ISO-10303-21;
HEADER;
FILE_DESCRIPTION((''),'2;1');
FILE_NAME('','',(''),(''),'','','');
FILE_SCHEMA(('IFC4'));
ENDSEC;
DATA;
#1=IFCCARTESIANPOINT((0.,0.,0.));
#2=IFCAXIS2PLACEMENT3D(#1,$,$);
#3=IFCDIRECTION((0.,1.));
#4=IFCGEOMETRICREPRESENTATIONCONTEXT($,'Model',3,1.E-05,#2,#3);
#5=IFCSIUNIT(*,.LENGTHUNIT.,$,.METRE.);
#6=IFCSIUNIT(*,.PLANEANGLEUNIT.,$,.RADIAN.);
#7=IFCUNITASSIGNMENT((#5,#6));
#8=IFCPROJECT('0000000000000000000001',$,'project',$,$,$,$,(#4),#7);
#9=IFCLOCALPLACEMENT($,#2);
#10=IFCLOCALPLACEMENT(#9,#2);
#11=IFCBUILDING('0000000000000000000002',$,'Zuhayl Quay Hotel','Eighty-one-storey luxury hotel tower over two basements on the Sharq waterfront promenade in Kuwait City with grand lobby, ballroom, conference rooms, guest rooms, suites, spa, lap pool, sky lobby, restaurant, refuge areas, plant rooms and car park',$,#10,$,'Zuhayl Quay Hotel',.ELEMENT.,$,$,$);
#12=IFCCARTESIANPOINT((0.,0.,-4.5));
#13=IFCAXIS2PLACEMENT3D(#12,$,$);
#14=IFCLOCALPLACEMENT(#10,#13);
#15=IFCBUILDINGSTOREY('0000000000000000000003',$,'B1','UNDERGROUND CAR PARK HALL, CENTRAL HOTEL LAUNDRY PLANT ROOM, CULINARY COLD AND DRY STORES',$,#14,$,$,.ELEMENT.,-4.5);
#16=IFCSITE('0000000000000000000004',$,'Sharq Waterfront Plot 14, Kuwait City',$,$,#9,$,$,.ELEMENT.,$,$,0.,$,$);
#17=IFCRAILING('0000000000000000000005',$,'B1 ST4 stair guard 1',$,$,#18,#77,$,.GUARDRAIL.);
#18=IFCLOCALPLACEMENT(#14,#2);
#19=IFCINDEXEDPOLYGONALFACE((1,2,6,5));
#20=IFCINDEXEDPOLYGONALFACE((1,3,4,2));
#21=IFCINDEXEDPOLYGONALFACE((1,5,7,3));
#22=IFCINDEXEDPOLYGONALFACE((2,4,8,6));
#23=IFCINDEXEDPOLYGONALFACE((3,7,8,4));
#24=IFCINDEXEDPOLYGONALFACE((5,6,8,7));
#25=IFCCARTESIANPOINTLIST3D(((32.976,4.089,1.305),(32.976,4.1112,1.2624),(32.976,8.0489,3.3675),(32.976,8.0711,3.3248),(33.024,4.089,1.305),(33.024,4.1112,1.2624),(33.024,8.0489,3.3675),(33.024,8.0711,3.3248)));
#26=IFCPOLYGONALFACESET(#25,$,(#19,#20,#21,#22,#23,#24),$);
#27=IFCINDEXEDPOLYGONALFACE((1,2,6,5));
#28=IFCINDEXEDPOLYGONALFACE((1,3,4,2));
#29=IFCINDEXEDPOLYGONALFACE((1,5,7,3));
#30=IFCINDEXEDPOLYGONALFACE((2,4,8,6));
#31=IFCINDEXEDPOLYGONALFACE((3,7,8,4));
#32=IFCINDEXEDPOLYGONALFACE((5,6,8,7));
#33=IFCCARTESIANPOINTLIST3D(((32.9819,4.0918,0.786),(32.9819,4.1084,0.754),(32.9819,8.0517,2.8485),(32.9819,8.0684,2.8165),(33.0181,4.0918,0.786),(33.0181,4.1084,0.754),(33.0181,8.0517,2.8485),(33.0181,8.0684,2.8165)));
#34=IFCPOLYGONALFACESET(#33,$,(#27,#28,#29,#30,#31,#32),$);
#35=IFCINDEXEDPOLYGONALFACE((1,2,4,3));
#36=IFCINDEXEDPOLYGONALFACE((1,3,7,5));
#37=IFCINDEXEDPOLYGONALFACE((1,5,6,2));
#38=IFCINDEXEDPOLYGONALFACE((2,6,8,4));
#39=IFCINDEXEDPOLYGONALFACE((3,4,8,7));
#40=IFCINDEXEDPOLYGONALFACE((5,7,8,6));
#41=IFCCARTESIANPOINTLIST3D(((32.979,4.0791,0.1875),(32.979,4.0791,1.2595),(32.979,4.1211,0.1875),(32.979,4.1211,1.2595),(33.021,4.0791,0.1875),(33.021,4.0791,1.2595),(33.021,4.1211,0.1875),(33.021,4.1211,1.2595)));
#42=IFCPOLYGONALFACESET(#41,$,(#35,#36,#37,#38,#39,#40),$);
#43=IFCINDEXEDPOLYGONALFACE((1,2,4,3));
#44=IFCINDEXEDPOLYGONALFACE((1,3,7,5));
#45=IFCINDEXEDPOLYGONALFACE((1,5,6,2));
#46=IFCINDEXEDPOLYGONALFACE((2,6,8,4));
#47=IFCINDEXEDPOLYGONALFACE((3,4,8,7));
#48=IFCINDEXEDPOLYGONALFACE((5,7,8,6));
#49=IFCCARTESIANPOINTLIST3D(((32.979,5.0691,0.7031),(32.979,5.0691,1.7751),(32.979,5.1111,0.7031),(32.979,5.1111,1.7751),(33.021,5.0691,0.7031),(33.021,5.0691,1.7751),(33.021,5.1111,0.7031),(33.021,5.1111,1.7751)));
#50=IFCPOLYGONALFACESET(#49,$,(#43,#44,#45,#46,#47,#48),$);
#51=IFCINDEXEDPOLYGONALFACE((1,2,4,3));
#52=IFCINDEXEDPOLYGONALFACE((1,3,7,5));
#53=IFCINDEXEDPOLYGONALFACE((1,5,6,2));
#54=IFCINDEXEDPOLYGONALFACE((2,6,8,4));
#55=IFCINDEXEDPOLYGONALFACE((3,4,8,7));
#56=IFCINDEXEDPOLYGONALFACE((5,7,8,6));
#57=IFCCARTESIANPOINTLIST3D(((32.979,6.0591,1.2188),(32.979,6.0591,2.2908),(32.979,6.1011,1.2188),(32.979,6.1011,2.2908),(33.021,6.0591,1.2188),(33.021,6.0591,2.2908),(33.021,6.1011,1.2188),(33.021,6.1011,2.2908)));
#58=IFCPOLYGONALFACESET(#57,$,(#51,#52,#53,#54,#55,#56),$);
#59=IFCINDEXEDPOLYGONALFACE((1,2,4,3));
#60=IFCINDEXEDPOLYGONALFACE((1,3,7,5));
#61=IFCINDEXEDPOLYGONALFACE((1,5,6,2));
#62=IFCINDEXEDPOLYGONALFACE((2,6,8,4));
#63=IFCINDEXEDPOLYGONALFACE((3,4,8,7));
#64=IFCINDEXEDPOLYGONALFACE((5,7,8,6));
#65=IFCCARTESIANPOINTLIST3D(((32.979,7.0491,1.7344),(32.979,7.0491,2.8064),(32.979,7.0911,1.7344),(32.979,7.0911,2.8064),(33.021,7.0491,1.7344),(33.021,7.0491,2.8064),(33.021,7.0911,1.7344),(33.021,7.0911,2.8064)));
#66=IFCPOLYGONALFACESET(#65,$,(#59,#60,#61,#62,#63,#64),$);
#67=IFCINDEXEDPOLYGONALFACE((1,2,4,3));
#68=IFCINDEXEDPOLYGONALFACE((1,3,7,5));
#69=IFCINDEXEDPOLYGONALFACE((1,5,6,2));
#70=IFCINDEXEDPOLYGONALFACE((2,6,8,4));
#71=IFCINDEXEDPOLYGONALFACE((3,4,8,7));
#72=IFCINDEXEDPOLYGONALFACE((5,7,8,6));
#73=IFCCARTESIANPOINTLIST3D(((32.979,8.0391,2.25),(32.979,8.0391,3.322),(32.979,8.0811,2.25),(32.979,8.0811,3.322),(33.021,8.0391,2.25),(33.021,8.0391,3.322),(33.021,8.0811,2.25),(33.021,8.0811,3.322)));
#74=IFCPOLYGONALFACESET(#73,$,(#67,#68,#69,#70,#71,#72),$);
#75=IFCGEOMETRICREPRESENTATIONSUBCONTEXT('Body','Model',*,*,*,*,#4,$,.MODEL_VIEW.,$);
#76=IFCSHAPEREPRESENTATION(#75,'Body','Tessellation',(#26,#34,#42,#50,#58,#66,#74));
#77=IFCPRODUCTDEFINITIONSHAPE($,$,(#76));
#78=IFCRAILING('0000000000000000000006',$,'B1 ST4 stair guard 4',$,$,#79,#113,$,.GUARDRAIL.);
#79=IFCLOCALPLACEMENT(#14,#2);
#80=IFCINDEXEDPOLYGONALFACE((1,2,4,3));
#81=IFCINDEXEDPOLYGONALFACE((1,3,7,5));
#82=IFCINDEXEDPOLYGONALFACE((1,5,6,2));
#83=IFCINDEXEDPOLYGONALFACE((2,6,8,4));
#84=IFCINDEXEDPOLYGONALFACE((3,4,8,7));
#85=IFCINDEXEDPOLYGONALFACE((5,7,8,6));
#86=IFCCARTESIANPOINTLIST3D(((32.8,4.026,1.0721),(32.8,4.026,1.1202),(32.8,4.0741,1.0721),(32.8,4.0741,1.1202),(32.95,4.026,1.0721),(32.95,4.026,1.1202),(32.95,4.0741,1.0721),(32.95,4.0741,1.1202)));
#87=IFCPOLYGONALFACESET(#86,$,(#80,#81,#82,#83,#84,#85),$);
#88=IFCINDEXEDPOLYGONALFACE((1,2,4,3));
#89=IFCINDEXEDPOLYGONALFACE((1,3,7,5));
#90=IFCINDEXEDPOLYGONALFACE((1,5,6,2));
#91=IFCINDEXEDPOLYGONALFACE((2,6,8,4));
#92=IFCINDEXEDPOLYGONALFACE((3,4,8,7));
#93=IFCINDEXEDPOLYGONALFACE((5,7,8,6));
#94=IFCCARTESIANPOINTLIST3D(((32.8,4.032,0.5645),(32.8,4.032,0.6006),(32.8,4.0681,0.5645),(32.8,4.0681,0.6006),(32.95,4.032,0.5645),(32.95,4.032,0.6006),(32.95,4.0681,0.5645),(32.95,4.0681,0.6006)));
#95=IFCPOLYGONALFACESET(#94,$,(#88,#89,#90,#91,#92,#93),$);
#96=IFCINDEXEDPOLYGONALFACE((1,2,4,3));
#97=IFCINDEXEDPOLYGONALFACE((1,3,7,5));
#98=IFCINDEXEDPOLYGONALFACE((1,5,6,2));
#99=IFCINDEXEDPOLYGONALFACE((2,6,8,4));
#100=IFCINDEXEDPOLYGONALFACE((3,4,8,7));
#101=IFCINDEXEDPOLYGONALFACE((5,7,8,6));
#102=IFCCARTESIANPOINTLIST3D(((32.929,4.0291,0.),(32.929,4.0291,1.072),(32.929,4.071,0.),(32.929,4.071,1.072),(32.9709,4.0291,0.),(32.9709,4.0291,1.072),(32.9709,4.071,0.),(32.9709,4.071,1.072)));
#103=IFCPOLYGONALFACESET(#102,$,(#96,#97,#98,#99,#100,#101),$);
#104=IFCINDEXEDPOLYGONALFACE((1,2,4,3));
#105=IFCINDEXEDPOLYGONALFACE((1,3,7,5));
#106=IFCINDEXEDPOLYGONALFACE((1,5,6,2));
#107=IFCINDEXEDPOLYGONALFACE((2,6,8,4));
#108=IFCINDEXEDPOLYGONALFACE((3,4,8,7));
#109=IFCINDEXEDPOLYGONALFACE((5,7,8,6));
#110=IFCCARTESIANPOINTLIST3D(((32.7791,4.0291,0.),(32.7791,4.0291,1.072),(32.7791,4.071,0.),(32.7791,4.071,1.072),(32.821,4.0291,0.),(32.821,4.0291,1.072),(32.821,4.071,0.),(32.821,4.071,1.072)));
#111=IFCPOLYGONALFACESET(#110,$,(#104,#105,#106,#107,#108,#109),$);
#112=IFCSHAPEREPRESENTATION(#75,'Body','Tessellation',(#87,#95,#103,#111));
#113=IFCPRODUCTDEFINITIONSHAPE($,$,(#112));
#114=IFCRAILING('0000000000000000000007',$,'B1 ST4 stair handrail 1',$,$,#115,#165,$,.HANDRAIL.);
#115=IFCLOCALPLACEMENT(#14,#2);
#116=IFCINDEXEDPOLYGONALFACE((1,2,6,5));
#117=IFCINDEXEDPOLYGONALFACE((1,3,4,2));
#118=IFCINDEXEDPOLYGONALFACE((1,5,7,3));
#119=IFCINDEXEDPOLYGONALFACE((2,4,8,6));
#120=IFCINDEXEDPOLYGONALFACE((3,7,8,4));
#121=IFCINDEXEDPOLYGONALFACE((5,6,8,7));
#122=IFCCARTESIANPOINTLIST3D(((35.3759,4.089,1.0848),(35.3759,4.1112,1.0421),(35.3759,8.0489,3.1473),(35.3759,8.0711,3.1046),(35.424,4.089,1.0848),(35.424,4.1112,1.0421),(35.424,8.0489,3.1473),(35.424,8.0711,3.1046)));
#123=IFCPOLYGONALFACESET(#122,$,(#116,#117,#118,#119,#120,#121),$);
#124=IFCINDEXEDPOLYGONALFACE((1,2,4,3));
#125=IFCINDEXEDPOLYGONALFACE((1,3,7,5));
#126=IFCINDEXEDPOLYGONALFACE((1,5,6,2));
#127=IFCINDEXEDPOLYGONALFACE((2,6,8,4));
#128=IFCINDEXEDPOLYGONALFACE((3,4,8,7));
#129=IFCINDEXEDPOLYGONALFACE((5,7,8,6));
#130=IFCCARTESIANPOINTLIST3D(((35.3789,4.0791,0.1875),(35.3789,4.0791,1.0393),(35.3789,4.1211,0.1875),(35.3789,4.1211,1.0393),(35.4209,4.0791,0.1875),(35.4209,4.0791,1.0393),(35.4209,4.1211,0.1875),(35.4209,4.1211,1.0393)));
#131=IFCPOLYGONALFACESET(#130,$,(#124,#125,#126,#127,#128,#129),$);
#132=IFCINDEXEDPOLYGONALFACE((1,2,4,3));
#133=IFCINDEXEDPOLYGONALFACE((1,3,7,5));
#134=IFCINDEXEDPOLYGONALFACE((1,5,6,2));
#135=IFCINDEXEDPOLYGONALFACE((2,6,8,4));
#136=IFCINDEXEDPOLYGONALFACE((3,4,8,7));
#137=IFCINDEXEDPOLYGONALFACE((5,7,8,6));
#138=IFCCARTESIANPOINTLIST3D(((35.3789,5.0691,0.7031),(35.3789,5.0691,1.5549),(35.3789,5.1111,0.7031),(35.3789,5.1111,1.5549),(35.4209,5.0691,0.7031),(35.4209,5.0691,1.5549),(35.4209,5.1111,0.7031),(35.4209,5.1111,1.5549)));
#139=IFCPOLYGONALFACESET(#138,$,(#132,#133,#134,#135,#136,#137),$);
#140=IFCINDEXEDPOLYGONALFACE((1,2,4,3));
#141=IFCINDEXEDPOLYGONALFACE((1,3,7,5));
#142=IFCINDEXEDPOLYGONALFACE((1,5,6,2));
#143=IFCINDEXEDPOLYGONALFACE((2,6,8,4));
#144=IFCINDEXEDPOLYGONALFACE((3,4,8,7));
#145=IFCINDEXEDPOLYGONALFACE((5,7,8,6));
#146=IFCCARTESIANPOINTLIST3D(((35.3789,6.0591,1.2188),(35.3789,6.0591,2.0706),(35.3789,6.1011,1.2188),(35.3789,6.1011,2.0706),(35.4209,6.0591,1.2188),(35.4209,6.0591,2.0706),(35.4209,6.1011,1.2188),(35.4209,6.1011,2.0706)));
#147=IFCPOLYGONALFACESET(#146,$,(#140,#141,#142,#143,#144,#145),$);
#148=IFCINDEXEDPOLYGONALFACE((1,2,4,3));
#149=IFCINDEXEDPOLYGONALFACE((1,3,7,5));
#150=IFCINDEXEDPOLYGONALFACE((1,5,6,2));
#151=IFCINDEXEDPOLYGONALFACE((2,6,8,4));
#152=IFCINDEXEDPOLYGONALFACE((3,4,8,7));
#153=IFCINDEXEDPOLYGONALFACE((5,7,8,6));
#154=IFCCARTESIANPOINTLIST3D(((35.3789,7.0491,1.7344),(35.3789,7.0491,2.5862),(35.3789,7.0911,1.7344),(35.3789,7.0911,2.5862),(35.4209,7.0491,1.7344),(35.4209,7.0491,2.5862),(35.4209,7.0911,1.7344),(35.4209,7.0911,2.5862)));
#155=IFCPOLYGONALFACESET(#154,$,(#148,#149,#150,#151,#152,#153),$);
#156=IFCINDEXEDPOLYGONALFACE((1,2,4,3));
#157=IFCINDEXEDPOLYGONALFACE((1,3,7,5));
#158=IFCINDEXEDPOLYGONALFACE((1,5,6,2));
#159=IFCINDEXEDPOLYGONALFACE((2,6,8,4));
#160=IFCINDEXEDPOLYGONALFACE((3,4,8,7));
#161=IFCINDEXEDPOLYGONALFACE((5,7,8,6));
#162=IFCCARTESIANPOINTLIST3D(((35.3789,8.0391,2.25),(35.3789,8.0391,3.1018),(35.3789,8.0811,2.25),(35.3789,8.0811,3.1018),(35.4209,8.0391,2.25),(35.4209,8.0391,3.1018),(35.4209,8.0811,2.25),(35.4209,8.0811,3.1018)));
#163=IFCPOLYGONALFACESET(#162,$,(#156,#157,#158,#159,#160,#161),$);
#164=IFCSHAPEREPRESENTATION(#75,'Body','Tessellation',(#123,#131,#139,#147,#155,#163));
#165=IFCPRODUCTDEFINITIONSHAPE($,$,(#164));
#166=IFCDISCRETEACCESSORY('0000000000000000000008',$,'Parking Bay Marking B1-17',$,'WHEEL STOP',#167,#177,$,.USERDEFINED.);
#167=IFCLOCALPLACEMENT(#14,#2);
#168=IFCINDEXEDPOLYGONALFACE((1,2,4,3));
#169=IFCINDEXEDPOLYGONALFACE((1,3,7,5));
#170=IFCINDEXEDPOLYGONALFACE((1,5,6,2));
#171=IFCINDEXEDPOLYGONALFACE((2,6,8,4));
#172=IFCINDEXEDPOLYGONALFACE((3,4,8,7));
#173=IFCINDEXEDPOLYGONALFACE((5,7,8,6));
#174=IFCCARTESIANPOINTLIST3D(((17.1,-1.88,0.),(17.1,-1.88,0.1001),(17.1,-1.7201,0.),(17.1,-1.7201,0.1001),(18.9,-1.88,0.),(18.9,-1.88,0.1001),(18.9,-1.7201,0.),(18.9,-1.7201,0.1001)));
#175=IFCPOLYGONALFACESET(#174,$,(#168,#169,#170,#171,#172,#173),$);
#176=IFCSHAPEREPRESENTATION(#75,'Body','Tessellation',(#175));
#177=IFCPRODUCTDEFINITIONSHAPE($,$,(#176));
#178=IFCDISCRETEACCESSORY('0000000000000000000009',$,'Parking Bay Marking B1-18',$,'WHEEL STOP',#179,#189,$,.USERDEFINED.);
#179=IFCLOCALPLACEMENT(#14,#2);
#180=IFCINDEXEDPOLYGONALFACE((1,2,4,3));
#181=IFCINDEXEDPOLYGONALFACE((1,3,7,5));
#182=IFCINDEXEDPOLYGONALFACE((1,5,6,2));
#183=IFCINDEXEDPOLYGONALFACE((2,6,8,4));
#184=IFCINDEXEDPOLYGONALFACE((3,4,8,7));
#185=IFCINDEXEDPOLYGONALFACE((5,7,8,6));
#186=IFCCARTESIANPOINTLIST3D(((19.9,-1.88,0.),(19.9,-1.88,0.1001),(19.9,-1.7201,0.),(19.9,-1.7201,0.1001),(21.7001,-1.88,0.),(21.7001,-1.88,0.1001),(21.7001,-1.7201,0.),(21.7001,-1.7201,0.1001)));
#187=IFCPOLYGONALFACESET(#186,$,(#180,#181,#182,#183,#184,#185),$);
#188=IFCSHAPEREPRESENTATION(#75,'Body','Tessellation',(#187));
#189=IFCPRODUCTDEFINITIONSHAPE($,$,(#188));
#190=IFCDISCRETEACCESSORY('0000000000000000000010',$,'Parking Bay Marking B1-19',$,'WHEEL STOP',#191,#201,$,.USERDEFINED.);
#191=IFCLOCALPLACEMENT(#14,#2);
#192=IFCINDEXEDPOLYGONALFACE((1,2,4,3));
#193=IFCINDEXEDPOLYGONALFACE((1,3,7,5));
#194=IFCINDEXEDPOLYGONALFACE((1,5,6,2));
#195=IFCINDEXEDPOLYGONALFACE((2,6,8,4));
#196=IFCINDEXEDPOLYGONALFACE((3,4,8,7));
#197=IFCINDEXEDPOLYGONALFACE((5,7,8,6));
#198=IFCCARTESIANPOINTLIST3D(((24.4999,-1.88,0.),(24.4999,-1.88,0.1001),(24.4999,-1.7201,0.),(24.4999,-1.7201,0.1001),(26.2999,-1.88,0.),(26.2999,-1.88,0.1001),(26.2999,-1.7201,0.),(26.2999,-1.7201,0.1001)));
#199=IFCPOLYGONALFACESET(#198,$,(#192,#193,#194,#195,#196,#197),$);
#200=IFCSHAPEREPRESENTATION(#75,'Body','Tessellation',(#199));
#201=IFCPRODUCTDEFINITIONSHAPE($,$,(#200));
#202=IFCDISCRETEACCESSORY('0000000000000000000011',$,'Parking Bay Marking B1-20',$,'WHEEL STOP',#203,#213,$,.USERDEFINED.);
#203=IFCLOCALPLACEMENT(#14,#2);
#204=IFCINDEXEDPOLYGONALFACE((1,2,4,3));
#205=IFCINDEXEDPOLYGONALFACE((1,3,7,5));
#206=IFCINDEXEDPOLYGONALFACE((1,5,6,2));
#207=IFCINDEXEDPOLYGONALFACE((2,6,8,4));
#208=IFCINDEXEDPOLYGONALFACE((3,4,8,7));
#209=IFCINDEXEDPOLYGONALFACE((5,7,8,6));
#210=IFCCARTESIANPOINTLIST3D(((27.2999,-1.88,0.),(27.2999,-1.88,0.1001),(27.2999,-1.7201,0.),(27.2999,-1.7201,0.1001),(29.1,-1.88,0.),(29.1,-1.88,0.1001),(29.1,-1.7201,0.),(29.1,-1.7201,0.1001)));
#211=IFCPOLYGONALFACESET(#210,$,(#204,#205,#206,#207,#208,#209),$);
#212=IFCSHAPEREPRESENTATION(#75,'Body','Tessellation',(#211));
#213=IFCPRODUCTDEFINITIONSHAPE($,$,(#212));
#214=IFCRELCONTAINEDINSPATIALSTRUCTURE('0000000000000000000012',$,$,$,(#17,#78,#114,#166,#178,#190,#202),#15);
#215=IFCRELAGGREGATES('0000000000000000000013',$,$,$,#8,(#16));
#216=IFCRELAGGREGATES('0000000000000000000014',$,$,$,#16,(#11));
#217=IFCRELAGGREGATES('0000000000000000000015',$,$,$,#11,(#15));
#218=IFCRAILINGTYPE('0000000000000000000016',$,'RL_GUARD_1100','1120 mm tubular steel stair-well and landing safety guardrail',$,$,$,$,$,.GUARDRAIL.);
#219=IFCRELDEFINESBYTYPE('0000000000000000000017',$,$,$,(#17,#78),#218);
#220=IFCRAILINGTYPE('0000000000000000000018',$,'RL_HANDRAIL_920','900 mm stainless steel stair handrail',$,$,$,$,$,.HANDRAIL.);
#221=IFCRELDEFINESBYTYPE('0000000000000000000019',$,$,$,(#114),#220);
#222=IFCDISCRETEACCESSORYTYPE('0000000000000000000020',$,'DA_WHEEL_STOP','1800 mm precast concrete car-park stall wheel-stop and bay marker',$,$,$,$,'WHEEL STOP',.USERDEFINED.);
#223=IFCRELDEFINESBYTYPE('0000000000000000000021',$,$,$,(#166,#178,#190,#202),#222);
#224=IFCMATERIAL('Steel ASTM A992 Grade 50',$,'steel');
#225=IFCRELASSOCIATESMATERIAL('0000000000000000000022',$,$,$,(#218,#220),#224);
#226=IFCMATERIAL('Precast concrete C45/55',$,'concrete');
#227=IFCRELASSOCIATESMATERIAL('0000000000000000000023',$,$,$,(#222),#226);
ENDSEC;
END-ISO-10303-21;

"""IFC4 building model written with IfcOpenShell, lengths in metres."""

from ifc_helpers import new_model, si_unit, direction, frame, origin, origin_2d, place, context, subcontext, project, spatial, rectangle, extrude, material, type_object, element, save


model = new_model("IFC4")

# Units and contexts
model_context = context("Model", 3, precision=1e-05, world=origin(), true_north=direction((0.0, 1.0)))
body_context = subcontext(model_context, "Body", "Model", "MODEL_VIEW")
ifc_project = project(units=[si_unit("LENGTHUNIT", "METRE"), si_unit("PLANEANGLEUNIT", "RADIAN")], contexts=[model_context])

# Site, building, storey
site_placement = place(None, origin())
site = spatial("IfcSite", under=ifc_project, at=site_placement, Name="Sharq Waterfront Plot 14, Kuwait City", CompositionType="ELEMENT", RefElevation=0.0)
building_placement = place(site_placement, origin())
building = spatial("IfcBuilding", under=site, at=building_placement, Name="Zuhayl Quay Hotel", Description="Eighty-one-storey luxury hotel tower over two basements on the Sharq waterfront promenade in Kuwait City with grand lobby, ballroom, conference rooms, guest rooms, suites, spa, lap pool, sky lobby, restaurant, refuge areas, plant rooms and car park", LongName="Zuhayl Quay Hotel", CompositionType="ELEMENT")
storey_placement = place(building_placement, frame((0.0, 0.0, -4.5)))
storey = spatial("IfcBuildingStorey", under=building, at=storey_placement, Name="B1", Description="UNDERGROUND CAR PARK HALL, CENTRAL HOTEL LAUNDRY PLANT ROOM, CULINARY COLD AND DRY STORES", CompositionType="ELEMENT", Elevation=-4.5)

# Shared definitions
ifc_material_1 = material(Name="Steel ASTM A992 Grade 50", Category="steel")

# Railings
railing_type_1 = type_object("IfcRailingType", Name="RL_GUARD_1100", Description="1120 mm tubular steel stair-well and landing safety guardrail", PredefinedType="GUARDRAIL", material=ifc_material_1)
railing_1_placement = place(storey_placement, frame((33.0, 4.1001, 0.1875)))
element("IfcRailing", 1, at=railing_1_placement, inside=storey, type_object=railing_type_1, Name="B1 ST4 stair guard 1", PredefinedType="GUARDRAIL", context=body_context, shape_type="SweptSolid", body=[
    extrude(rectangle(XDim=0.0481, YDim=0.0481, at=origin_2d()), frame((0.0, 0.0, 1.0962), z_axis=(0.0, 0.886912, 0.461938), x_axis=(-1.0, 0.0, 0.0)), (0.0, 0.0, 1.0), 4.4648),
    extrude(rectangle(XDim=0.0361, YDim=0.0361, at=origin_2d()), frame((0.0, 0.0, 0.5825), z_axis=(0.0, 0.886912, 0.461938), x_axis=(-1.0, 0.0, 0.0)), (0.0, 0.0, 1.0), 4.4648),
    extrude(rectangle(XDim=0.042, YDim=0.042, at=origin_2d()), origin(), (0.0, 0.0, 1.0), 1.072),
    extrude(rectangle(XDim=0.042, YDim=0.042, at=origin_2d()), frame((0.0, 0.99, 0.5156)), (0.0, 0.0, 1.0), 1.072),
    extrude(rectangle(XDim=0.042, YDim=0.042, at=origin_2d()), frame((0.0, 1.98, 1.0312)), (0.0, 0.0, 1.0), 1.072),
    extrude(rectangle(XDim=0.042, YDim=0.042, at=origin_2d()), frame((0.0, 2.97, 1.5469)), (0.0, 0.0, 1.0), 1.072),
    extrude(rectangle(XDim=0.042, YDim=0.042, at=origin_2d()), frame((0.0, 3.96, 2.0625)), (0.0, 0.0, 1.0), 1.072),
])
railing_2_placement = place(storey_placement, frame((32.95, 4.05, 0.0)))
element("IfcRailing", 2, at=railing_2_placement, inside=storey, type_object=railing_type_1, Name="B1 ST4 stair guard 4", PredefinedType="GUARDRAIL", context=body_context, shape_type="SweptSolid", body=[
    extrude(rectangle(XDim=0.0481, YDim=0.0481, at=origin_2d()), frame((0.0, 0.0, 1.0962), z_axis=(-1.0, 0.0, 0.0), x_axis=(0.0, -1.0, 0.0)), (0.0, 0.0, 1.0), 0.1499),
    extrude(rectangle(XDim=0.0361, YDim=0.0361, at=origin_2d()), frame((0.0, 0.0, 0.5825), z_axis=(-1.0, 0.0, 0.0), x_axis=(0.0, -1.0, 0.0)), (0.0, 0.0, 1.0), 0.1499),
    extrude(rectangle(XDim=0.042, YDim=0.042, at=origin_2d()), origin(), (0.0, 0.0, 1.0), 1.072),
    extrude(rectangle(XDim=0.042, YDim=0.042, at=origin_2d()), frame((-0.1499, 0.0, 0.0)), (0.0, 0.0, 1.0), 1.072),
])
railing_type_2 = type_object("IfcRailingType", Name="RL_HANDRAIL_920", Description="900 mm stainless steel stair handrail", PredefinedType="HANDRAIL", material=ifc_material_1)
railing_3_placement = place(storey_placement, frame((35.3999, 4.1001, 0.1875)))
element("IfcRailing", 3, at=railing_3_placement, inside=storey, type_object=railing_type_2, Name="B1 ST4 stair handrail 1", PredefinedType="HANDRAIL", context=body_context, shape_type="SweptSolid", body=[
    extrude(rectangle(XDim=0.0481, YDim=0.0481, at=origin_2d()), frame((0.0, 0.0, 0.876), z_axis=(0.0, 0.886912, 0.461938), x_axis=(-1.0, 0.0, 0.0)), (0.0, 0.0, 1.0), 4.4648),
    extrude(rectangle(XDim=0.042, YDim=0.042, at=origin_2d()), origin(), (0.0, 0.0, 1.0), 0.8518),
    extrude(rectangle(XDim=0.042, YDim=0.042, at=origin_2d()), frame((0.0, 0.99, 0.5156)), (0.0, 0.0, 1.0), 0.8518),
    extrude(rectangle(XDim=0.042, YDim=0.042, at=origin_2d()), frame((0.0, 1.98, 1.0312)), (0.0, 0.0, 1.0), 0.8518),
    extrude(rectangle(XDim=0.042, YDim=0.042, at=origin_2d()), frame((0.0, 2.97, 1.5469)), (0.0, 0.0, 1.0), 0.8518),
    extrude(rectangle(XDim=0.042, YDim=0.042, at=origin_2d()), frame((0.0, 3.96, 2.0625)), (0.0, 0.0, 1.0), 0.8518),
])

# Discrete accessories
ifc_material_2 = material(Name="Precast concrete C45/55", Category="concrete")
discrete_accessory_type = type_object("IfcDiscreteAccessoryType", Name="DA_WHEEL_STOP", Description="1800 mm precast concrete car-park stall wheel-stop and bay marker", ElementType="WHEEL STOP", PredefinedType="USERDEFINED", material=ifc_material_2)
for number, where, z_axis, x_axis, name in (
    (4, (18.0, -1.8, 0.0), (0.0, 0.0, 1.0), (1.0, 0.0, 0.0), "Parking Bay Marking B1-17"),
    (5, (20.8, -1.8, 0.0), (0.0, 0.0, 1.0), (1.0, 0.0, 0.0), "Parking Bay Marking B1-18"),
    (6, (25.3999, -1.8, 0.0), (0.0, 0.0, 1.0), (1.0, 0.0, 0.0), "Parking Bay Marking B1-19"),
    (7, (28.2, -1.8, 0.0), (0.0, 0.0, 1.0), (1.0, 0.0, 0.0), "Parking Bay Marking B1-20"),
):
    element("IfcDiscreteAccessory", number, at=place(storey_placement, frame(where, z_axis=z_axis, x_axis=x_axis)), inside=storey, type_object=discrete_accessory_type, Name=name, ObjectType="WHEEL STOP", PredefinedType="USERDEFINED", context=body_context, shape_type="SweptSolid", body=[
        extrude(rectangle(XDim=1.8, YDim=0.1599, at=origin_2d()), origin(), (0.0, 0.0, 1.0), 0.1001),
    ])

save(model, "model.ifc")
